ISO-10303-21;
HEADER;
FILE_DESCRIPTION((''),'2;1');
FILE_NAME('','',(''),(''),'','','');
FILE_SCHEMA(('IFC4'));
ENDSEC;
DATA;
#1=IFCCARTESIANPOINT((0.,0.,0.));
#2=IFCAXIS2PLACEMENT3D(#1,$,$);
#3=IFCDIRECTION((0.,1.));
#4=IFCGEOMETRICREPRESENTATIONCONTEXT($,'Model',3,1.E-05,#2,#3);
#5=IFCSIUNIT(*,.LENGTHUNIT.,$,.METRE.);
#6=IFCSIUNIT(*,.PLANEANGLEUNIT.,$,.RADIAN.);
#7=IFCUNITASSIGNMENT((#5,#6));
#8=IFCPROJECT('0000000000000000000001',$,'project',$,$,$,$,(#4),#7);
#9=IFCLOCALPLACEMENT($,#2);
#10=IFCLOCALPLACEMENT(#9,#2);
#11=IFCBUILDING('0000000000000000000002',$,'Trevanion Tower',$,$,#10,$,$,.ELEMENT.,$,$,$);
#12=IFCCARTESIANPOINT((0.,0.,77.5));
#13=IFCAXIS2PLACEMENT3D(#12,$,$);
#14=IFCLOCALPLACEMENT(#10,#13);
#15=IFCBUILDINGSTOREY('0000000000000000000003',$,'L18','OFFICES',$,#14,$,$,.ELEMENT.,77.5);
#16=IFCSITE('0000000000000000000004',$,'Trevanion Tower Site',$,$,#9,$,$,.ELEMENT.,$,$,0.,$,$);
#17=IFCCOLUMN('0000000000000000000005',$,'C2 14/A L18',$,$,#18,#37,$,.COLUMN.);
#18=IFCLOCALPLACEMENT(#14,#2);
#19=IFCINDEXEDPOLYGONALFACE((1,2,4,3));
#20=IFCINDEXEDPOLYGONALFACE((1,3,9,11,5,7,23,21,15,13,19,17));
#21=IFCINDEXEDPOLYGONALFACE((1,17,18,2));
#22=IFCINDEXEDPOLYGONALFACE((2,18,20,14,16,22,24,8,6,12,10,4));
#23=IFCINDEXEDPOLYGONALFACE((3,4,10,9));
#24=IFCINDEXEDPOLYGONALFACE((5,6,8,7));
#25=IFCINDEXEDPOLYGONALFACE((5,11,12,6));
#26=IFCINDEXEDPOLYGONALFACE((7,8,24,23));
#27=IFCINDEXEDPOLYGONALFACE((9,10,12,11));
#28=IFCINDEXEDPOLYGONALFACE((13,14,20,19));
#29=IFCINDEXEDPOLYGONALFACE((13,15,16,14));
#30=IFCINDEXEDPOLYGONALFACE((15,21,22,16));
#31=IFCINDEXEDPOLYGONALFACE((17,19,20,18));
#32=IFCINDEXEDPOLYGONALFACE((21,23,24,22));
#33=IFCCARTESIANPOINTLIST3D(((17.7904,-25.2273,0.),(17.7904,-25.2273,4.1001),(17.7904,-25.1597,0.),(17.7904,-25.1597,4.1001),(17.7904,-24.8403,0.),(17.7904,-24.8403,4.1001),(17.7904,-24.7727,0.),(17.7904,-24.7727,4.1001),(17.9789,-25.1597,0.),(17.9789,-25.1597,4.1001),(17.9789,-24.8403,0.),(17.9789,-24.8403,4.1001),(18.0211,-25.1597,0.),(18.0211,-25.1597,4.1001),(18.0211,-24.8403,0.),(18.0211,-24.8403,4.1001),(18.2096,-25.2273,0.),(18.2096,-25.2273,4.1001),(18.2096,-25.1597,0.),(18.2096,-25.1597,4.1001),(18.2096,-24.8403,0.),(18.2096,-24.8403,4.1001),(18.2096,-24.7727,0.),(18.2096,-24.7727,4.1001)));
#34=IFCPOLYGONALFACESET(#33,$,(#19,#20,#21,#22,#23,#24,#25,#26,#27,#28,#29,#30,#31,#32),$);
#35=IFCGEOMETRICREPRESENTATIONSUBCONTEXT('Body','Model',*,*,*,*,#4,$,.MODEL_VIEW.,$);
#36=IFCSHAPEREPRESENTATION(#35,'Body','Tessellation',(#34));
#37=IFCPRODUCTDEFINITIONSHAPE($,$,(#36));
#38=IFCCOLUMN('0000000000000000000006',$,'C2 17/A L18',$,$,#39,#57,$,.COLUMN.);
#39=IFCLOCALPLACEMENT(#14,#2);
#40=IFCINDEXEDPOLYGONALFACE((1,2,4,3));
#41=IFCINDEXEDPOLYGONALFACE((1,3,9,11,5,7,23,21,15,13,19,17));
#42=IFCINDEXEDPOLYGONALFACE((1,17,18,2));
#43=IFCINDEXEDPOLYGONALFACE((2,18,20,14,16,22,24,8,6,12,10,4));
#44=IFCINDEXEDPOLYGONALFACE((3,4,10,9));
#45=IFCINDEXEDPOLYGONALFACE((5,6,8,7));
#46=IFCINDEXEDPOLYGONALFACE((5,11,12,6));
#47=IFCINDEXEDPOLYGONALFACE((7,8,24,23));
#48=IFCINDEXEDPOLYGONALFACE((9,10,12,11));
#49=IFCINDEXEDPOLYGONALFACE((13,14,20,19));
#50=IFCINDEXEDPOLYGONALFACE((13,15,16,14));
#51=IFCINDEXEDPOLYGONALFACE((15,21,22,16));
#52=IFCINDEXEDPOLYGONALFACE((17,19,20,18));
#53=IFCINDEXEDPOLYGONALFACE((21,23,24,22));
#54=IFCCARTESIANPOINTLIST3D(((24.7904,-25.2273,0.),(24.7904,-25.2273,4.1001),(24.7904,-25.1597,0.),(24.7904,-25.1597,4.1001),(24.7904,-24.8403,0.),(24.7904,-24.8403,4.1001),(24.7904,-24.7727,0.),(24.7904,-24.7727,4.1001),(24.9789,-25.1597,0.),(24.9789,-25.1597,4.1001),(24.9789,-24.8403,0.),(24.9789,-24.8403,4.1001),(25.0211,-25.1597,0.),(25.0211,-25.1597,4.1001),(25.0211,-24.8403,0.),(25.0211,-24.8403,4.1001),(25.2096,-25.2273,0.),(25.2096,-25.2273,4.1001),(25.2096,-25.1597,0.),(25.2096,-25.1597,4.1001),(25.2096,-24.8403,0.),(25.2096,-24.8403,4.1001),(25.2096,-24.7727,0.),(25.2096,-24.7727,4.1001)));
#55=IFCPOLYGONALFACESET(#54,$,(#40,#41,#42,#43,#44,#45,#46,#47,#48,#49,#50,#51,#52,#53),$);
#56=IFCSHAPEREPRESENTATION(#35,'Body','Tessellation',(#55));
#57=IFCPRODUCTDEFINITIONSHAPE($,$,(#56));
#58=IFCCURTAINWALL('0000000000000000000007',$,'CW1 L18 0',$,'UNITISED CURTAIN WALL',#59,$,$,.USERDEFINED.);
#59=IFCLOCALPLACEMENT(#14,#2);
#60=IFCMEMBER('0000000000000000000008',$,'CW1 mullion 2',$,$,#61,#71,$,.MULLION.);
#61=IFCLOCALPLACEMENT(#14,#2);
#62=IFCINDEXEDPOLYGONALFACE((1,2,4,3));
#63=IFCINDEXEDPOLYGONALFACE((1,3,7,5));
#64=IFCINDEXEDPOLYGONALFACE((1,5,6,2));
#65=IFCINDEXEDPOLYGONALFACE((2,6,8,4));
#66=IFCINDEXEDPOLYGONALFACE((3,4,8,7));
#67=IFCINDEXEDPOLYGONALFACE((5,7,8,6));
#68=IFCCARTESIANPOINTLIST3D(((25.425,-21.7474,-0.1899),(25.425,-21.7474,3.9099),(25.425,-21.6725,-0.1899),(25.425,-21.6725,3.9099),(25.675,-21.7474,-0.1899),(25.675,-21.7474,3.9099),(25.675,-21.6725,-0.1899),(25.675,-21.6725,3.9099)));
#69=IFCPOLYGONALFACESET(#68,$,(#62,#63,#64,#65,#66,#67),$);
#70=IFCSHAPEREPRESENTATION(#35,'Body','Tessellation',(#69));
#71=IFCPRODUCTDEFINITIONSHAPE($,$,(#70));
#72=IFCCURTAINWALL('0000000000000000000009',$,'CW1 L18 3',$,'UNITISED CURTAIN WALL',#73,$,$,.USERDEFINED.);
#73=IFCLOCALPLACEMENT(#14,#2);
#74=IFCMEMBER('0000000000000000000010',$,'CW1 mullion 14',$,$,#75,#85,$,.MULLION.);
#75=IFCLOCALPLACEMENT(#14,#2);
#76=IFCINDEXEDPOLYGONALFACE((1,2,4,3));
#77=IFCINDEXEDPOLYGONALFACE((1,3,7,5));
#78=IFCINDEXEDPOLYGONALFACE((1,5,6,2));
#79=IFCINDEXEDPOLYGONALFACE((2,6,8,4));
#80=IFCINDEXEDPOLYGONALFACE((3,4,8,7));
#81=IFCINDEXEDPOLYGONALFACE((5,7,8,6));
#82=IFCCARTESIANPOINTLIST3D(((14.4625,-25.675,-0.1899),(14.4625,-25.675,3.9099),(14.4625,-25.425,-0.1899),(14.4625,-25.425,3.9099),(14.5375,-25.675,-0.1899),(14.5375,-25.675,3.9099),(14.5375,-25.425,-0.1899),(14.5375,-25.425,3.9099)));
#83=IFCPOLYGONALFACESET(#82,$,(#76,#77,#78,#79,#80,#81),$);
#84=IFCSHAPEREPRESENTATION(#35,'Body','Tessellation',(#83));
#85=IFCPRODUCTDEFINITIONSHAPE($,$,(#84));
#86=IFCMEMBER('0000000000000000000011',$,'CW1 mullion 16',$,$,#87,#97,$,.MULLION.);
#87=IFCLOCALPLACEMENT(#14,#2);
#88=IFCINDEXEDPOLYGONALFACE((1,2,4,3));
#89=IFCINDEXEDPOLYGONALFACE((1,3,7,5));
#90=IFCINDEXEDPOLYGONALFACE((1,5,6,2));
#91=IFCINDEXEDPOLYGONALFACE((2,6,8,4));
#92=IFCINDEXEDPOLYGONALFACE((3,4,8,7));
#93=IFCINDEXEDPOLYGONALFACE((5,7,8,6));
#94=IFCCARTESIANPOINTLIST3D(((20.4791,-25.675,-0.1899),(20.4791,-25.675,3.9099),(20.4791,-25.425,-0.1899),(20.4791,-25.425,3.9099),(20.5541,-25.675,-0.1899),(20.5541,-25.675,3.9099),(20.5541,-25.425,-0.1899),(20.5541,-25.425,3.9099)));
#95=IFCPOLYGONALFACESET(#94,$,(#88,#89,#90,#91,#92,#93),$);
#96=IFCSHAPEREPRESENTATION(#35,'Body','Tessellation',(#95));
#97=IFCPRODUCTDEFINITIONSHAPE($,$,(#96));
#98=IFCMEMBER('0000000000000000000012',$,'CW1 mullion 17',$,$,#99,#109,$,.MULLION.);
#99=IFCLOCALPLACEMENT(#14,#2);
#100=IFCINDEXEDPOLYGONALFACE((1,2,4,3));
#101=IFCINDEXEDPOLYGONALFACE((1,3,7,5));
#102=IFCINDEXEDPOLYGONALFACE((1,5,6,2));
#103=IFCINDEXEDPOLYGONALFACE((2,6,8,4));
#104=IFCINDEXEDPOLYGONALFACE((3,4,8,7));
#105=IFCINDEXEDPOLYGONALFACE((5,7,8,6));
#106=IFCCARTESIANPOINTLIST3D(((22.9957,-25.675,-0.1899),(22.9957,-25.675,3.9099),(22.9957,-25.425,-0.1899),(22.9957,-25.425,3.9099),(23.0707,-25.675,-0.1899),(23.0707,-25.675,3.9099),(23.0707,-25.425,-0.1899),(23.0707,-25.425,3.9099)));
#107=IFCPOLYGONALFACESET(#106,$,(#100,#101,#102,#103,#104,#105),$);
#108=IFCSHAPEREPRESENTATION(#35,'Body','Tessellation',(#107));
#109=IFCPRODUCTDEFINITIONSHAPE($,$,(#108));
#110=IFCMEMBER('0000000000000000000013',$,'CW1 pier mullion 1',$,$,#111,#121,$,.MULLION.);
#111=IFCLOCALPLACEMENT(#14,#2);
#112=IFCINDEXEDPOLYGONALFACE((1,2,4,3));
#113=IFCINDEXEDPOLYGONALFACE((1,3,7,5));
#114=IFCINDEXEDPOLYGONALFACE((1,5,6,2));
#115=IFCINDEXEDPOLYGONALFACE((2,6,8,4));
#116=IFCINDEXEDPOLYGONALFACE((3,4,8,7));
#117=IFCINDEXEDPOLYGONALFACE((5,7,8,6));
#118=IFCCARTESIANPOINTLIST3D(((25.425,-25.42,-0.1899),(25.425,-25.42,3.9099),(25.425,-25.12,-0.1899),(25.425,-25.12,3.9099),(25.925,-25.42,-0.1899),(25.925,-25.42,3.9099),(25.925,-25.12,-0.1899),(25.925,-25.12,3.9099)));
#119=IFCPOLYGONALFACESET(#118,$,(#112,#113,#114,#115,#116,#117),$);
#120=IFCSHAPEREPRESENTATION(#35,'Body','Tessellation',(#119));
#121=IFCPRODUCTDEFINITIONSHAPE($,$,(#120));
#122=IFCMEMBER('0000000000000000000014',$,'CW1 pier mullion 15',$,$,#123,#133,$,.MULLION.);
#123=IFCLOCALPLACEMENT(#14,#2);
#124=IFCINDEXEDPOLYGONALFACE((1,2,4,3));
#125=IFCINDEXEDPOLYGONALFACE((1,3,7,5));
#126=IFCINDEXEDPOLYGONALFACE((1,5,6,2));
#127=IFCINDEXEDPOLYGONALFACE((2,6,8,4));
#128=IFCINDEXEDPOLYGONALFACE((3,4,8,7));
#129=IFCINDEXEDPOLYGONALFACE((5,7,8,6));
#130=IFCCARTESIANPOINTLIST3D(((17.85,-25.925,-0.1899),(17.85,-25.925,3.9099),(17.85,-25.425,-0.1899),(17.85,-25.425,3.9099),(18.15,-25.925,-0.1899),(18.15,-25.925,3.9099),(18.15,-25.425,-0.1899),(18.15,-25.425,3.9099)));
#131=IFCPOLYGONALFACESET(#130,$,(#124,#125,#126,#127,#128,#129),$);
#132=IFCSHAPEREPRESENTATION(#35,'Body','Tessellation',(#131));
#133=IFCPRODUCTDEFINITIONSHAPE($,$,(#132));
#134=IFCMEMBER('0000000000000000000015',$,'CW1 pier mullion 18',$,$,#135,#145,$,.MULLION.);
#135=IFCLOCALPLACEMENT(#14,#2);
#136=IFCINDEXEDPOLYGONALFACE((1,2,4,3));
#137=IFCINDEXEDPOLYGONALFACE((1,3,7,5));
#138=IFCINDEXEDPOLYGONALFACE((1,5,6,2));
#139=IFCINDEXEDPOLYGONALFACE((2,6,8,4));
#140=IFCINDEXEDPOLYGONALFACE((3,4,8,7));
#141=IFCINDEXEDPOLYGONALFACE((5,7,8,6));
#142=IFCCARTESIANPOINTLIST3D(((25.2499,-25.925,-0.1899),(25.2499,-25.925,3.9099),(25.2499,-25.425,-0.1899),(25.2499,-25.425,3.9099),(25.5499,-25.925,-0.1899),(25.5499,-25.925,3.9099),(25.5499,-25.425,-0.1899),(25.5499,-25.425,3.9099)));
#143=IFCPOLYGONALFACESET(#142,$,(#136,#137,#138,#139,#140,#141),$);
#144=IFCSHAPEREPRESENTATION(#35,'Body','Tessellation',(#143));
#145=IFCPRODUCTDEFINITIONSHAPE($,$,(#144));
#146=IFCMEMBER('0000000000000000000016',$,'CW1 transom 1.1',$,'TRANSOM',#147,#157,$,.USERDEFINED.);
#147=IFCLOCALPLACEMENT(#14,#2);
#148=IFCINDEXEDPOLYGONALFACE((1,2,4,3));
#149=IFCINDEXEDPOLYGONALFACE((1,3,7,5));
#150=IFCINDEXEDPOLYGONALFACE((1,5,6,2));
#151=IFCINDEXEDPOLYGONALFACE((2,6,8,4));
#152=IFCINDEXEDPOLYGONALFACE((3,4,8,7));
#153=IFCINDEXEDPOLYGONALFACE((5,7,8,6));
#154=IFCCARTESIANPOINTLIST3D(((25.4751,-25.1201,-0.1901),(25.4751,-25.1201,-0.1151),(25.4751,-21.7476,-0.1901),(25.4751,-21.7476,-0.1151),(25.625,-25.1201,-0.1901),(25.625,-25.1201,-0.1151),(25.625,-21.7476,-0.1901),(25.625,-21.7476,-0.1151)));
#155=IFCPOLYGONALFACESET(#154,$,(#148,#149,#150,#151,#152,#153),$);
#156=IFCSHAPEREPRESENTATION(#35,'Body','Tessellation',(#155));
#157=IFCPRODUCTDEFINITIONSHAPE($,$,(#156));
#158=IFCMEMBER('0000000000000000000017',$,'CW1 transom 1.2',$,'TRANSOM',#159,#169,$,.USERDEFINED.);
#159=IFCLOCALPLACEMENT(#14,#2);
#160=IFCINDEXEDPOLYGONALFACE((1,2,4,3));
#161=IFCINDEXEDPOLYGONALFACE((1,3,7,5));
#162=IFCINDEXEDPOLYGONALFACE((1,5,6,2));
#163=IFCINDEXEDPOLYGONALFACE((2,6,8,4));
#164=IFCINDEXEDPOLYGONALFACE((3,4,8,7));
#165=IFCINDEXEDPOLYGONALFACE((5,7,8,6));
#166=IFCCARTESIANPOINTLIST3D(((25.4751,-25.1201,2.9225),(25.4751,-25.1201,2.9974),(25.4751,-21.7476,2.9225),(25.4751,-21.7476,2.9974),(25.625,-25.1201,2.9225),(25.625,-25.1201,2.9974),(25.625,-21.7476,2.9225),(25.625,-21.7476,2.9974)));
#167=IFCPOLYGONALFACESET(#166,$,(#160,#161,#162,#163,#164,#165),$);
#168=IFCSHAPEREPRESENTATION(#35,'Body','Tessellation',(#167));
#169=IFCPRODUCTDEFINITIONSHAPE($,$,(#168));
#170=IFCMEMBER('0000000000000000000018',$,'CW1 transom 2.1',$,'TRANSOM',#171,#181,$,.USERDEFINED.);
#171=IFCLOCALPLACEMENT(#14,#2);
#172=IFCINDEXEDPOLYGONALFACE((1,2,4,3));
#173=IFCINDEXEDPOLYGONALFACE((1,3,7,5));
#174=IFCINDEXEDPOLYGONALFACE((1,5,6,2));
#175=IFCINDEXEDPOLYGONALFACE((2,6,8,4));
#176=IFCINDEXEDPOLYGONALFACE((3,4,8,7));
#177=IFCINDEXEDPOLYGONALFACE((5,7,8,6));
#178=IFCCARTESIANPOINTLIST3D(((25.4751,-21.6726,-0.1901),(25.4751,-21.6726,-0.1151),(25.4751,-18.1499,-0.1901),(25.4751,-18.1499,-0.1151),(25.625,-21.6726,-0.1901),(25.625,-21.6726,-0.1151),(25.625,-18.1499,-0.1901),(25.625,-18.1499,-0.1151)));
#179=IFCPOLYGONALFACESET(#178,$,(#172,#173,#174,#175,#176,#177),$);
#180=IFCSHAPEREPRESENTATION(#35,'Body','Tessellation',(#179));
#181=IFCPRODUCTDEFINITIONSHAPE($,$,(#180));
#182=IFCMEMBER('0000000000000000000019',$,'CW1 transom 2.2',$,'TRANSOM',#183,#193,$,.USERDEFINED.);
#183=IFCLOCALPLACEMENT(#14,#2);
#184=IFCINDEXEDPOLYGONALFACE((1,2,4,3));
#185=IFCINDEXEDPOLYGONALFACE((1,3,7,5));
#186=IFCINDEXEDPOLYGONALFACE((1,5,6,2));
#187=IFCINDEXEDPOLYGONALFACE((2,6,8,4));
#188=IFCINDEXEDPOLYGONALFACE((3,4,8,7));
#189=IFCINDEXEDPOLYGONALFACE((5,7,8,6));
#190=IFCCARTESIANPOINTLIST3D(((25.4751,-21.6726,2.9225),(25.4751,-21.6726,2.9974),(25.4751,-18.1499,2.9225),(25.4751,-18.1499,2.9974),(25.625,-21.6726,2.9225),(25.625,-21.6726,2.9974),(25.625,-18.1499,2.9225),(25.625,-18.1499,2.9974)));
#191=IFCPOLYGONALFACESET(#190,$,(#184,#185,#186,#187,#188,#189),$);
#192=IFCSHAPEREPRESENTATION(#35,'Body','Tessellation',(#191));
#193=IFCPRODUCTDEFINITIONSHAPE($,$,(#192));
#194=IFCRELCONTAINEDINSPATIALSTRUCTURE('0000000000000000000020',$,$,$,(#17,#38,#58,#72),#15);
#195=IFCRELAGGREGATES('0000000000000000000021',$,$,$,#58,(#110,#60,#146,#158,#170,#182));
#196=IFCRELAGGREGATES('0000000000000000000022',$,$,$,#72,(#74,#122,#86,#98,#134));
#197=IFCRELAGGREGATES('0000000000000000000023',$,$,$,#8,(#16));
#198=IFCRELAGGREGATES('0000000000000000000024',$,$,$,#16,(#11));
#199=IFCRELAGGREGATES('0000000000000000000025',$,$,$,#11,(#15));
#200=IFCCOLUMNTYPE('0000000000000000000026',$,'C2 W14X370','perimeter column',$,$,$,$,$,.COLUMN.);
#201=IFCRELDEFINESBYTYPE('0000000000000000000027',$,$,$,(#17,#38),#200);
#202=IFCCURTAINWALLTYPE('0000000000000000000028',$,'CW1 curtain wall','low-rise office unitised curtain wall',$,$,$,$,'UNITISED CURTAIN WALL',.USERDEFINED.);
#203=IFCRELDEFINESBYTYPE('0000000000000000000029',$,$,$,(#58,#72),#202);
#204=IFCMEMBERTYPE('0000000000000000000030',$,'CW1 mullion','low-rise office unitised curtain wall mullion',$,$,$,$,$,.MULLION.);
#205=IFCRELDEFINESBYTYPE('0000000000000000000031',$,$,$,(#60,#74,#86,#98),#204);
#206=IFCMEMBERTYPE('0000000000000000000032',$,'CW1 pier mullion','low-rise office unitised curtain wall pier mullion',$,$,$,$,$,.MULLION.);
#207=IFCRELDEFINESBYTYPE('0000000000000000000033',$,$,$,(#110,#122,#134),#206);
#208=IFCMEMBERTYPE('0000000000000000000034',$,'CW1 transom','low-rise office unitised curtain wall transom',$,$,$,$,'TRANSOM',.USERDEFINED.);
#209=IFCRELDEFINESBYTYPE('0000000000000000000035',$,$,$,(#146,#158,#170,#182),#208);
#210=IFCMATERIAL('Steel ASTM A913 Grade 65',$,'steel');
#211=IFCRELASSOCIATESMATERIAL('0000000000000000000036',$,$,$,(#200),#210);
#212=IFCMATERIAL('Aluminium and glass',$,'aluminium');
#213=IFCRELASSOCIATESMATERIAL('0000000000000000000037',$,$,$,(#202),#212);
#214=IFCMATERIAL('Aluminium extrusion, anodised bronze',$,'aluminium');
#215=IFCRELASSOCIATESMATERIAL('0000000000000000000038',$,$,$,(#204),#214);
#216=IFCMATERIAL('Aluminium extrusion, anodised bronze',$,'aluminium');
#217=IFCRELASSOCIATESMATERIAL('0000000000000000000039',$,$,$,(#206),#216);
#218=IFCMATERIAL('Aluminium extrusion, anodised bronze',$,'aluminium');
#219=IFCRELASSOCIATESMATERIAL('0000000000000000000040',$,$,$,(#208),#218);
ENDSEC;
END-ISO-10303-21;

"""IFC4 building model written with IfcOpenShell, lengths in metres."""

from ifc_helpers import new_model, si_unit, direction, frame, origin, origin_2d, place, context, subcontext, project, spatial, rectangle, i_section, extrude, material, material_profile, profile_set, type_object, element, aggregate, save


model = new_model("IFC4")

# Units and contexts
model_context = context("Model", 3, precision=1e-05, world=origin(), true_north=direction((0.0, 1.0)))
body_context = subcontext(model_context, "Body", "Model", "MODEL_VIEW")
ifc_project = project(units=[si_unit("LENGTHUNIT", "METRE"), si_unit("PLANEANGLEUNIT", "RADIAN")], contexts=[model_context])

# Site, building, storey
site_placement = place(None, origin())
site = spatial("IfcSite", under=ifc_project, at=site_placement, Name="Trevanion Tower Site", CompositionType="ELEMENT", RefElevation=0.0)
building_placement = place(site_placement, origin())
building = spatial("IfcBuilding", under=site, at=building_placement, Name="Trevanion Tower", CompositionType="ELEMENT")
storey_placement = place(building_placement, frame((0.0, 0.0, 77.5)))
storey = spatial("IfcBuildingStorey", under=building, at=storey_placement, Name="L18", Description="OFFICES", CompositionType="ELEMENT", Elevation=77.5)

# Columns
ifc_material_1 = material(Name="Steel ASTM A913 Grade 65", Category="steel")
ifc_material_profile_1 = material_profile(ifc_material_1, i_section(OverallWidth=0.4192, OverallDepth=0.4546, WebThickness=0.0422, FlangeThickness=0.0676, at=origin_2d()), Name="W14X370")
ifc_profile_set_1 = profile_set([ifc_material_profile_1], Name="Steel ASTM A913 Grade 65")
column_type = type_object("IfcColumnType", Name="C2 W14X370", Description="perimeter column", PredefinedType="COLUMN", material=ifc_profile_set_1)
for number, where, z_axis, x_axis, name in (
    (1, (18.0, -25.0, 0.0), (0.0, 0.0, 1.0), (1.0, 0.0, 0.0), "C2 14/A L18"),
    (2, (25.0, -25.0, 0.0), (0.0, 0.0, 1.0), (1.0, 0.0, 0.0), "C2 17/A L18"),
):
    element("IfcColumn", number, at=place(storey_placement, frame(where, z_axis=z_axis, x_axis=x_axis)), inside=storey, type_object=column_type, Name=name, PredefinedType="COLUMN", context=body_context, shape_type="SweptSolid", body=[
        extrude(i_section(OverallWidth=0.4192, OverallDepth=0.4546, WebThickness=0.0422, FlangeThickness=0.0676, at=origin_2d()), origin(), (0.0, 0.0, 1.0), 4.1001),
    ])

# Curtain wall, member
ifc_material_2 = material(Name="Aluminium and glass", Category="aluminium")
curtain_wall_type = type_object("IfcCurtainWallType", Name="CW1 curtain wall", Description="low-rise office unitised curtain wall", ElementType="UNITISED CURTAIN WALL", PredefinedType="USERDEFINED", material=ifc_material_2)
curtain_wall_1_placement = place(storey_placement, origin())
curtain_wall_1 = element("IfcCurtainWall", 3, at=curtain_wall_1_placement, inside=storey, type_object=curtain_wall_type, Name="CW1 L18 0", ObjectType="UNITISED CURTAIN WALL", PredefinedType="USERDEFINED")
ifc_material_3 = material(Name="Aluminium extrusion, anodised bronze", Category="aluminium")
ifc_material_profile_2 = material_profile(ifc_material_3, rectangle(XDim=0.075, YDim=0.25, at=origin_2d()), Name="CW1 mullion")
ifc_profile_set_2 = profile_set([ifc_material_profile_2], Name="Aluminium extrusion, anodised bronze")
member_type_1 = type_object("IfcMemberType", Name="CW1 mullion", Description="low-rise office unitised curtain wall mullion", PredefinedType="MULLION", material=ifc_profile_set_2)
member_1_placement = place(storey_placement, frame((25.55, -21.71, -0.1899), z_axis=(0.0, 0.0, 1.0), x_axis=(0.0, 1.0, 0.0)))
member_1 = element("IfcMember", 4, at=member_1_placement, type_object=member_type_1, Name="CW1 mullion 2", PredefinedType="MULLION", context=body_context, shape_type="SweptSolid", body=[
    extrude(rectangle(XDim=0.075, YDim=0.25, at=origin_2d()), origin(), (0.0, 0.0, 1.0), 4.0999),
])

# Curtain wall, members
curtain_wall_2_placement = place(storey_placement, origin())
curtain_wall_2 = element("IfcCurtainWall", 5, at=curtain_wall_2_placement, inside=storey, type_object=curtain_wall_type, Name="CW1 L18 3", ObjectType="UNITISED CURTAIN WALL", PredefinedType="USERDEFINED")
member_2_placement = place(storey_placement, frame((14.5, -25.55, -0.1899), z_axis=(0.0, 0.0, 1.0), x_axis=(1.0, 0.0, 0.0)))
member_2 = element("IfcMember", 6, at=member_2_placement, type_object=member_type_1, Name="CW1 mullion 14", PredefinedType="MULLION", context=body_context, shape_type="SweptSolid", body=[
    extrude(rectangle(XDim=0.075, YDim=0.25, at=origin_2d()), origin(), (0.0, 0.0, 1.0), 4.0999),
])
member_3_placement = place(storey_placement, frame((20.5166, -25.55, -0.1899), z_axis=(0.0, 0.0, 1.0), x_axis=(1.0, 0.0, 0.0)))
member_3 = element("IfcMember", 7, at=member_3_placement, type_object=member_type_1, Name="CW1 mullion 16", PredefinedType="MULLION", context=body_context, shape_type="SweptSolid", body=[
    extrude(rectangle(XDim=0.075, YDim=0.25, at=origin_2d()), origin(), (0.0, 0.0, 1.0), 4.0999),
])
member_4_placement = place(storey_placement, frame((23.0332, -25.55, -0.1899), z_axis=(0.0, 0.0, 1.0), x_axis=(1.0, 0.0, 0.0)))
member_4 = element("IfcMember", 8, at=member_4_placement, type_object=member_type_1, Name="CW1 mullion 17", PredefinedType="MULLION", context=body_context, shape_type="SweptSolid", body=[
    extrude(rectangle(XDim=0.075, YDim=0.25, at=origin_2d()), origin(), (0.0, 0.0, 1.0), 4.0999),
])

# Members
ifc_material_4 = material(Name="Aluminium extrusion, anodised bronze", Category="aluminium")
ifc_material_profile_3 = material_profile(ifc_material_4, rectangle(XDim=0.3, YDim=0.5, at=origin_2d()), Name="CW1 pier mullion")
ifc_profile_set_3 = profile_set([ifc_material_profile_3], Name="Aluminium extrusion, anodised bronze")
member_type_2 = type_object("IfcMemberType", Name="CW1 pier mullion", Description="low-rise office unitised curtain wall pier mullion", PredefinedType="MULLION", material=ifc_profile_set_3)
member_5_placement = place(storey_placement, frame((25.675, -25.27, -0.1899), z_axis=(0.0, 0.0, 1.0), x_axis=(0.0, 1.0, 0.0)))
member_5 = element("IfcMember", 9, at=member_5_placement, type_object=member_type_2, Name="CW1 pier mullion 1", PredefinedType="MULLION", context=body_context, shape_type="SweptSolid", body=[
    extrude(rectangle(XDim=0.3, YDim=0.5, at=origin_2d()), origin(), (0.0, 0.0, 1.0), 4.0999),
])
member_6_placement = place(storey_placement, frame((18.0, -25.675, -0.1899), z_axis=(0.0, 0.0, 1.0), x_axis=(1.0, 0.0, 0.0)))
member_6 = element("IfcMember", 10, at=member_6_placement, type_object=member_type_2, Name="CW1 pier mullion 15", PredefinedType="MULLION", context=body_context, shape_type="SweptSolid", body=[
    extrude(rectangle(XDim=0.3, YDim=0.5, at=origin_2d()), origin(), (0.0, 0.0, 1.0), 4.0999),
])
member_7_placement = place(storey_placement, frame((25.3999, -25.675, -0.1899), z_axis=(0.0, 0.0, 1.0), x_axis=(1.0, 0.0, 0.0)))
member_7 = element("IfcMember", 11, at=member_7_placement, type_object=member_type_2, Name="CW1 pier mullion 18", PredefinedType="MULLION", context=body_context, shape_type="SweptSolid", body=[
    extrude(rectangle(XDim=0.3, YDim=0.5, at=origin_2d()), origin(), (0.0, 0.0, 1.0), 4.0999),
])
ifc_material_5 = material(Name="Aluminium extrusion, anodised bronze", Category="aluminium")
ifc_material_profile_4 = material_profile(ifc_material_5, rectangle(XDim=0.1499, YDim=0.075, at=origin_2d()), Name="CW1 transom")
ifc_profile_set_4 = profile_set([ifc_material_profile_4], Name="Aluminium extrusion, anodised bronze")
member_type_3 = type_object("IfcMemberType", Name="CW1 transom", Description="low-rise office unitised curtain wall transom", ElementType="TRANSOM", PredefinedType="USERDEFINED", material=ifc_profile_set_4)
member_8_placement = place(storey_placement, frame((25.55, -25.1201, -0.1526), z_axis=(0.0, 1.0, 0.0), x_axis=(-1.0, 0.0, 0.0)))
member_8 = element("IfcMember", 12, at=member_8_placement, type_object=member_type_3, Name="CW1 transom 1.1", ObjectType="TRANSOM", PredefinedType="USERDEFINED", context=body_context, shape_type="SweptSolid", body=[
    extrude(rectangle(XDim=0.1499, YDim=0.075, at=origin_2d()), origin(), (0.0, 0.0, 1.0), 3.3726),
])
member_9_placement = place(storey_placement, frame((25.55, -25.1201, 2.96), z_axis=(0.0, 1.0, 0.0), x_axis=(-1.0, 0.0, 0.0)))
member_9 = element("IfcMember", 13, at=member_9_placement, type_object=member_type_3, Name="CW1 transom 1.2", ObjectType="TRANSOM", PredefinedType="USERDEFINED", context=body_context, shape_type="SweptSolid", body=[
    extrude(rectangle(XDim=0.1499, YDim=0.075, at=origin_2d()), origin(), (0.0, 0.0, 1.0), 3.3726),
])
member_10_placement = place(storey_placement, frame((25.55, -21.6726, -0.1526), z_axis=(0.0, 1.0, 0.0), x_axis=(-1.0, 0.0, 0.0)))
member_10 = element("IfcMember", 14, at=member_10_placement, type_object=member_type_3, Name="CW1 transom 2.1", ObjectType="TRANSOM", PredefinedType="USERDEFINED", context=body_context, shape_type="SweptSolid", body=[
    extrude(rectangle(XDim=0.1499, YDim=0.075, at=origin_2d()), origin(), (0.0, 0.0, 1.0), 3.5227),
])
member_11_placement = place(storey_placement, frame((25.55, -21.6726, 2.96), z_axis=(0.0, 1.0, 0.0), x_axis=(-1.0, 0.0, 0.0)))
member_11 = element("IfcMember", 15, at=member_11_placement, type_object=member_type_3, Name="CW1 transom 2.2", ObjectType="TRANSOM", PredefinedType="USERDEFINED", context=body_context, shape_type="SweptSolid", body=[
    extrude(rectangle(XDim=0.1499, YDim=0.075, at=origin_2d()), origin(), (0.0, 0.0, 1.0), 3.5227),
])

aggregate(curtain_wall_1, [member_5, member_1, member_8, member_9, member_10, member_11])
aggregate(curtain_wall_2, [member_2, member_6, member_3, member_4, member_7])

save(model, "model.ifc")
